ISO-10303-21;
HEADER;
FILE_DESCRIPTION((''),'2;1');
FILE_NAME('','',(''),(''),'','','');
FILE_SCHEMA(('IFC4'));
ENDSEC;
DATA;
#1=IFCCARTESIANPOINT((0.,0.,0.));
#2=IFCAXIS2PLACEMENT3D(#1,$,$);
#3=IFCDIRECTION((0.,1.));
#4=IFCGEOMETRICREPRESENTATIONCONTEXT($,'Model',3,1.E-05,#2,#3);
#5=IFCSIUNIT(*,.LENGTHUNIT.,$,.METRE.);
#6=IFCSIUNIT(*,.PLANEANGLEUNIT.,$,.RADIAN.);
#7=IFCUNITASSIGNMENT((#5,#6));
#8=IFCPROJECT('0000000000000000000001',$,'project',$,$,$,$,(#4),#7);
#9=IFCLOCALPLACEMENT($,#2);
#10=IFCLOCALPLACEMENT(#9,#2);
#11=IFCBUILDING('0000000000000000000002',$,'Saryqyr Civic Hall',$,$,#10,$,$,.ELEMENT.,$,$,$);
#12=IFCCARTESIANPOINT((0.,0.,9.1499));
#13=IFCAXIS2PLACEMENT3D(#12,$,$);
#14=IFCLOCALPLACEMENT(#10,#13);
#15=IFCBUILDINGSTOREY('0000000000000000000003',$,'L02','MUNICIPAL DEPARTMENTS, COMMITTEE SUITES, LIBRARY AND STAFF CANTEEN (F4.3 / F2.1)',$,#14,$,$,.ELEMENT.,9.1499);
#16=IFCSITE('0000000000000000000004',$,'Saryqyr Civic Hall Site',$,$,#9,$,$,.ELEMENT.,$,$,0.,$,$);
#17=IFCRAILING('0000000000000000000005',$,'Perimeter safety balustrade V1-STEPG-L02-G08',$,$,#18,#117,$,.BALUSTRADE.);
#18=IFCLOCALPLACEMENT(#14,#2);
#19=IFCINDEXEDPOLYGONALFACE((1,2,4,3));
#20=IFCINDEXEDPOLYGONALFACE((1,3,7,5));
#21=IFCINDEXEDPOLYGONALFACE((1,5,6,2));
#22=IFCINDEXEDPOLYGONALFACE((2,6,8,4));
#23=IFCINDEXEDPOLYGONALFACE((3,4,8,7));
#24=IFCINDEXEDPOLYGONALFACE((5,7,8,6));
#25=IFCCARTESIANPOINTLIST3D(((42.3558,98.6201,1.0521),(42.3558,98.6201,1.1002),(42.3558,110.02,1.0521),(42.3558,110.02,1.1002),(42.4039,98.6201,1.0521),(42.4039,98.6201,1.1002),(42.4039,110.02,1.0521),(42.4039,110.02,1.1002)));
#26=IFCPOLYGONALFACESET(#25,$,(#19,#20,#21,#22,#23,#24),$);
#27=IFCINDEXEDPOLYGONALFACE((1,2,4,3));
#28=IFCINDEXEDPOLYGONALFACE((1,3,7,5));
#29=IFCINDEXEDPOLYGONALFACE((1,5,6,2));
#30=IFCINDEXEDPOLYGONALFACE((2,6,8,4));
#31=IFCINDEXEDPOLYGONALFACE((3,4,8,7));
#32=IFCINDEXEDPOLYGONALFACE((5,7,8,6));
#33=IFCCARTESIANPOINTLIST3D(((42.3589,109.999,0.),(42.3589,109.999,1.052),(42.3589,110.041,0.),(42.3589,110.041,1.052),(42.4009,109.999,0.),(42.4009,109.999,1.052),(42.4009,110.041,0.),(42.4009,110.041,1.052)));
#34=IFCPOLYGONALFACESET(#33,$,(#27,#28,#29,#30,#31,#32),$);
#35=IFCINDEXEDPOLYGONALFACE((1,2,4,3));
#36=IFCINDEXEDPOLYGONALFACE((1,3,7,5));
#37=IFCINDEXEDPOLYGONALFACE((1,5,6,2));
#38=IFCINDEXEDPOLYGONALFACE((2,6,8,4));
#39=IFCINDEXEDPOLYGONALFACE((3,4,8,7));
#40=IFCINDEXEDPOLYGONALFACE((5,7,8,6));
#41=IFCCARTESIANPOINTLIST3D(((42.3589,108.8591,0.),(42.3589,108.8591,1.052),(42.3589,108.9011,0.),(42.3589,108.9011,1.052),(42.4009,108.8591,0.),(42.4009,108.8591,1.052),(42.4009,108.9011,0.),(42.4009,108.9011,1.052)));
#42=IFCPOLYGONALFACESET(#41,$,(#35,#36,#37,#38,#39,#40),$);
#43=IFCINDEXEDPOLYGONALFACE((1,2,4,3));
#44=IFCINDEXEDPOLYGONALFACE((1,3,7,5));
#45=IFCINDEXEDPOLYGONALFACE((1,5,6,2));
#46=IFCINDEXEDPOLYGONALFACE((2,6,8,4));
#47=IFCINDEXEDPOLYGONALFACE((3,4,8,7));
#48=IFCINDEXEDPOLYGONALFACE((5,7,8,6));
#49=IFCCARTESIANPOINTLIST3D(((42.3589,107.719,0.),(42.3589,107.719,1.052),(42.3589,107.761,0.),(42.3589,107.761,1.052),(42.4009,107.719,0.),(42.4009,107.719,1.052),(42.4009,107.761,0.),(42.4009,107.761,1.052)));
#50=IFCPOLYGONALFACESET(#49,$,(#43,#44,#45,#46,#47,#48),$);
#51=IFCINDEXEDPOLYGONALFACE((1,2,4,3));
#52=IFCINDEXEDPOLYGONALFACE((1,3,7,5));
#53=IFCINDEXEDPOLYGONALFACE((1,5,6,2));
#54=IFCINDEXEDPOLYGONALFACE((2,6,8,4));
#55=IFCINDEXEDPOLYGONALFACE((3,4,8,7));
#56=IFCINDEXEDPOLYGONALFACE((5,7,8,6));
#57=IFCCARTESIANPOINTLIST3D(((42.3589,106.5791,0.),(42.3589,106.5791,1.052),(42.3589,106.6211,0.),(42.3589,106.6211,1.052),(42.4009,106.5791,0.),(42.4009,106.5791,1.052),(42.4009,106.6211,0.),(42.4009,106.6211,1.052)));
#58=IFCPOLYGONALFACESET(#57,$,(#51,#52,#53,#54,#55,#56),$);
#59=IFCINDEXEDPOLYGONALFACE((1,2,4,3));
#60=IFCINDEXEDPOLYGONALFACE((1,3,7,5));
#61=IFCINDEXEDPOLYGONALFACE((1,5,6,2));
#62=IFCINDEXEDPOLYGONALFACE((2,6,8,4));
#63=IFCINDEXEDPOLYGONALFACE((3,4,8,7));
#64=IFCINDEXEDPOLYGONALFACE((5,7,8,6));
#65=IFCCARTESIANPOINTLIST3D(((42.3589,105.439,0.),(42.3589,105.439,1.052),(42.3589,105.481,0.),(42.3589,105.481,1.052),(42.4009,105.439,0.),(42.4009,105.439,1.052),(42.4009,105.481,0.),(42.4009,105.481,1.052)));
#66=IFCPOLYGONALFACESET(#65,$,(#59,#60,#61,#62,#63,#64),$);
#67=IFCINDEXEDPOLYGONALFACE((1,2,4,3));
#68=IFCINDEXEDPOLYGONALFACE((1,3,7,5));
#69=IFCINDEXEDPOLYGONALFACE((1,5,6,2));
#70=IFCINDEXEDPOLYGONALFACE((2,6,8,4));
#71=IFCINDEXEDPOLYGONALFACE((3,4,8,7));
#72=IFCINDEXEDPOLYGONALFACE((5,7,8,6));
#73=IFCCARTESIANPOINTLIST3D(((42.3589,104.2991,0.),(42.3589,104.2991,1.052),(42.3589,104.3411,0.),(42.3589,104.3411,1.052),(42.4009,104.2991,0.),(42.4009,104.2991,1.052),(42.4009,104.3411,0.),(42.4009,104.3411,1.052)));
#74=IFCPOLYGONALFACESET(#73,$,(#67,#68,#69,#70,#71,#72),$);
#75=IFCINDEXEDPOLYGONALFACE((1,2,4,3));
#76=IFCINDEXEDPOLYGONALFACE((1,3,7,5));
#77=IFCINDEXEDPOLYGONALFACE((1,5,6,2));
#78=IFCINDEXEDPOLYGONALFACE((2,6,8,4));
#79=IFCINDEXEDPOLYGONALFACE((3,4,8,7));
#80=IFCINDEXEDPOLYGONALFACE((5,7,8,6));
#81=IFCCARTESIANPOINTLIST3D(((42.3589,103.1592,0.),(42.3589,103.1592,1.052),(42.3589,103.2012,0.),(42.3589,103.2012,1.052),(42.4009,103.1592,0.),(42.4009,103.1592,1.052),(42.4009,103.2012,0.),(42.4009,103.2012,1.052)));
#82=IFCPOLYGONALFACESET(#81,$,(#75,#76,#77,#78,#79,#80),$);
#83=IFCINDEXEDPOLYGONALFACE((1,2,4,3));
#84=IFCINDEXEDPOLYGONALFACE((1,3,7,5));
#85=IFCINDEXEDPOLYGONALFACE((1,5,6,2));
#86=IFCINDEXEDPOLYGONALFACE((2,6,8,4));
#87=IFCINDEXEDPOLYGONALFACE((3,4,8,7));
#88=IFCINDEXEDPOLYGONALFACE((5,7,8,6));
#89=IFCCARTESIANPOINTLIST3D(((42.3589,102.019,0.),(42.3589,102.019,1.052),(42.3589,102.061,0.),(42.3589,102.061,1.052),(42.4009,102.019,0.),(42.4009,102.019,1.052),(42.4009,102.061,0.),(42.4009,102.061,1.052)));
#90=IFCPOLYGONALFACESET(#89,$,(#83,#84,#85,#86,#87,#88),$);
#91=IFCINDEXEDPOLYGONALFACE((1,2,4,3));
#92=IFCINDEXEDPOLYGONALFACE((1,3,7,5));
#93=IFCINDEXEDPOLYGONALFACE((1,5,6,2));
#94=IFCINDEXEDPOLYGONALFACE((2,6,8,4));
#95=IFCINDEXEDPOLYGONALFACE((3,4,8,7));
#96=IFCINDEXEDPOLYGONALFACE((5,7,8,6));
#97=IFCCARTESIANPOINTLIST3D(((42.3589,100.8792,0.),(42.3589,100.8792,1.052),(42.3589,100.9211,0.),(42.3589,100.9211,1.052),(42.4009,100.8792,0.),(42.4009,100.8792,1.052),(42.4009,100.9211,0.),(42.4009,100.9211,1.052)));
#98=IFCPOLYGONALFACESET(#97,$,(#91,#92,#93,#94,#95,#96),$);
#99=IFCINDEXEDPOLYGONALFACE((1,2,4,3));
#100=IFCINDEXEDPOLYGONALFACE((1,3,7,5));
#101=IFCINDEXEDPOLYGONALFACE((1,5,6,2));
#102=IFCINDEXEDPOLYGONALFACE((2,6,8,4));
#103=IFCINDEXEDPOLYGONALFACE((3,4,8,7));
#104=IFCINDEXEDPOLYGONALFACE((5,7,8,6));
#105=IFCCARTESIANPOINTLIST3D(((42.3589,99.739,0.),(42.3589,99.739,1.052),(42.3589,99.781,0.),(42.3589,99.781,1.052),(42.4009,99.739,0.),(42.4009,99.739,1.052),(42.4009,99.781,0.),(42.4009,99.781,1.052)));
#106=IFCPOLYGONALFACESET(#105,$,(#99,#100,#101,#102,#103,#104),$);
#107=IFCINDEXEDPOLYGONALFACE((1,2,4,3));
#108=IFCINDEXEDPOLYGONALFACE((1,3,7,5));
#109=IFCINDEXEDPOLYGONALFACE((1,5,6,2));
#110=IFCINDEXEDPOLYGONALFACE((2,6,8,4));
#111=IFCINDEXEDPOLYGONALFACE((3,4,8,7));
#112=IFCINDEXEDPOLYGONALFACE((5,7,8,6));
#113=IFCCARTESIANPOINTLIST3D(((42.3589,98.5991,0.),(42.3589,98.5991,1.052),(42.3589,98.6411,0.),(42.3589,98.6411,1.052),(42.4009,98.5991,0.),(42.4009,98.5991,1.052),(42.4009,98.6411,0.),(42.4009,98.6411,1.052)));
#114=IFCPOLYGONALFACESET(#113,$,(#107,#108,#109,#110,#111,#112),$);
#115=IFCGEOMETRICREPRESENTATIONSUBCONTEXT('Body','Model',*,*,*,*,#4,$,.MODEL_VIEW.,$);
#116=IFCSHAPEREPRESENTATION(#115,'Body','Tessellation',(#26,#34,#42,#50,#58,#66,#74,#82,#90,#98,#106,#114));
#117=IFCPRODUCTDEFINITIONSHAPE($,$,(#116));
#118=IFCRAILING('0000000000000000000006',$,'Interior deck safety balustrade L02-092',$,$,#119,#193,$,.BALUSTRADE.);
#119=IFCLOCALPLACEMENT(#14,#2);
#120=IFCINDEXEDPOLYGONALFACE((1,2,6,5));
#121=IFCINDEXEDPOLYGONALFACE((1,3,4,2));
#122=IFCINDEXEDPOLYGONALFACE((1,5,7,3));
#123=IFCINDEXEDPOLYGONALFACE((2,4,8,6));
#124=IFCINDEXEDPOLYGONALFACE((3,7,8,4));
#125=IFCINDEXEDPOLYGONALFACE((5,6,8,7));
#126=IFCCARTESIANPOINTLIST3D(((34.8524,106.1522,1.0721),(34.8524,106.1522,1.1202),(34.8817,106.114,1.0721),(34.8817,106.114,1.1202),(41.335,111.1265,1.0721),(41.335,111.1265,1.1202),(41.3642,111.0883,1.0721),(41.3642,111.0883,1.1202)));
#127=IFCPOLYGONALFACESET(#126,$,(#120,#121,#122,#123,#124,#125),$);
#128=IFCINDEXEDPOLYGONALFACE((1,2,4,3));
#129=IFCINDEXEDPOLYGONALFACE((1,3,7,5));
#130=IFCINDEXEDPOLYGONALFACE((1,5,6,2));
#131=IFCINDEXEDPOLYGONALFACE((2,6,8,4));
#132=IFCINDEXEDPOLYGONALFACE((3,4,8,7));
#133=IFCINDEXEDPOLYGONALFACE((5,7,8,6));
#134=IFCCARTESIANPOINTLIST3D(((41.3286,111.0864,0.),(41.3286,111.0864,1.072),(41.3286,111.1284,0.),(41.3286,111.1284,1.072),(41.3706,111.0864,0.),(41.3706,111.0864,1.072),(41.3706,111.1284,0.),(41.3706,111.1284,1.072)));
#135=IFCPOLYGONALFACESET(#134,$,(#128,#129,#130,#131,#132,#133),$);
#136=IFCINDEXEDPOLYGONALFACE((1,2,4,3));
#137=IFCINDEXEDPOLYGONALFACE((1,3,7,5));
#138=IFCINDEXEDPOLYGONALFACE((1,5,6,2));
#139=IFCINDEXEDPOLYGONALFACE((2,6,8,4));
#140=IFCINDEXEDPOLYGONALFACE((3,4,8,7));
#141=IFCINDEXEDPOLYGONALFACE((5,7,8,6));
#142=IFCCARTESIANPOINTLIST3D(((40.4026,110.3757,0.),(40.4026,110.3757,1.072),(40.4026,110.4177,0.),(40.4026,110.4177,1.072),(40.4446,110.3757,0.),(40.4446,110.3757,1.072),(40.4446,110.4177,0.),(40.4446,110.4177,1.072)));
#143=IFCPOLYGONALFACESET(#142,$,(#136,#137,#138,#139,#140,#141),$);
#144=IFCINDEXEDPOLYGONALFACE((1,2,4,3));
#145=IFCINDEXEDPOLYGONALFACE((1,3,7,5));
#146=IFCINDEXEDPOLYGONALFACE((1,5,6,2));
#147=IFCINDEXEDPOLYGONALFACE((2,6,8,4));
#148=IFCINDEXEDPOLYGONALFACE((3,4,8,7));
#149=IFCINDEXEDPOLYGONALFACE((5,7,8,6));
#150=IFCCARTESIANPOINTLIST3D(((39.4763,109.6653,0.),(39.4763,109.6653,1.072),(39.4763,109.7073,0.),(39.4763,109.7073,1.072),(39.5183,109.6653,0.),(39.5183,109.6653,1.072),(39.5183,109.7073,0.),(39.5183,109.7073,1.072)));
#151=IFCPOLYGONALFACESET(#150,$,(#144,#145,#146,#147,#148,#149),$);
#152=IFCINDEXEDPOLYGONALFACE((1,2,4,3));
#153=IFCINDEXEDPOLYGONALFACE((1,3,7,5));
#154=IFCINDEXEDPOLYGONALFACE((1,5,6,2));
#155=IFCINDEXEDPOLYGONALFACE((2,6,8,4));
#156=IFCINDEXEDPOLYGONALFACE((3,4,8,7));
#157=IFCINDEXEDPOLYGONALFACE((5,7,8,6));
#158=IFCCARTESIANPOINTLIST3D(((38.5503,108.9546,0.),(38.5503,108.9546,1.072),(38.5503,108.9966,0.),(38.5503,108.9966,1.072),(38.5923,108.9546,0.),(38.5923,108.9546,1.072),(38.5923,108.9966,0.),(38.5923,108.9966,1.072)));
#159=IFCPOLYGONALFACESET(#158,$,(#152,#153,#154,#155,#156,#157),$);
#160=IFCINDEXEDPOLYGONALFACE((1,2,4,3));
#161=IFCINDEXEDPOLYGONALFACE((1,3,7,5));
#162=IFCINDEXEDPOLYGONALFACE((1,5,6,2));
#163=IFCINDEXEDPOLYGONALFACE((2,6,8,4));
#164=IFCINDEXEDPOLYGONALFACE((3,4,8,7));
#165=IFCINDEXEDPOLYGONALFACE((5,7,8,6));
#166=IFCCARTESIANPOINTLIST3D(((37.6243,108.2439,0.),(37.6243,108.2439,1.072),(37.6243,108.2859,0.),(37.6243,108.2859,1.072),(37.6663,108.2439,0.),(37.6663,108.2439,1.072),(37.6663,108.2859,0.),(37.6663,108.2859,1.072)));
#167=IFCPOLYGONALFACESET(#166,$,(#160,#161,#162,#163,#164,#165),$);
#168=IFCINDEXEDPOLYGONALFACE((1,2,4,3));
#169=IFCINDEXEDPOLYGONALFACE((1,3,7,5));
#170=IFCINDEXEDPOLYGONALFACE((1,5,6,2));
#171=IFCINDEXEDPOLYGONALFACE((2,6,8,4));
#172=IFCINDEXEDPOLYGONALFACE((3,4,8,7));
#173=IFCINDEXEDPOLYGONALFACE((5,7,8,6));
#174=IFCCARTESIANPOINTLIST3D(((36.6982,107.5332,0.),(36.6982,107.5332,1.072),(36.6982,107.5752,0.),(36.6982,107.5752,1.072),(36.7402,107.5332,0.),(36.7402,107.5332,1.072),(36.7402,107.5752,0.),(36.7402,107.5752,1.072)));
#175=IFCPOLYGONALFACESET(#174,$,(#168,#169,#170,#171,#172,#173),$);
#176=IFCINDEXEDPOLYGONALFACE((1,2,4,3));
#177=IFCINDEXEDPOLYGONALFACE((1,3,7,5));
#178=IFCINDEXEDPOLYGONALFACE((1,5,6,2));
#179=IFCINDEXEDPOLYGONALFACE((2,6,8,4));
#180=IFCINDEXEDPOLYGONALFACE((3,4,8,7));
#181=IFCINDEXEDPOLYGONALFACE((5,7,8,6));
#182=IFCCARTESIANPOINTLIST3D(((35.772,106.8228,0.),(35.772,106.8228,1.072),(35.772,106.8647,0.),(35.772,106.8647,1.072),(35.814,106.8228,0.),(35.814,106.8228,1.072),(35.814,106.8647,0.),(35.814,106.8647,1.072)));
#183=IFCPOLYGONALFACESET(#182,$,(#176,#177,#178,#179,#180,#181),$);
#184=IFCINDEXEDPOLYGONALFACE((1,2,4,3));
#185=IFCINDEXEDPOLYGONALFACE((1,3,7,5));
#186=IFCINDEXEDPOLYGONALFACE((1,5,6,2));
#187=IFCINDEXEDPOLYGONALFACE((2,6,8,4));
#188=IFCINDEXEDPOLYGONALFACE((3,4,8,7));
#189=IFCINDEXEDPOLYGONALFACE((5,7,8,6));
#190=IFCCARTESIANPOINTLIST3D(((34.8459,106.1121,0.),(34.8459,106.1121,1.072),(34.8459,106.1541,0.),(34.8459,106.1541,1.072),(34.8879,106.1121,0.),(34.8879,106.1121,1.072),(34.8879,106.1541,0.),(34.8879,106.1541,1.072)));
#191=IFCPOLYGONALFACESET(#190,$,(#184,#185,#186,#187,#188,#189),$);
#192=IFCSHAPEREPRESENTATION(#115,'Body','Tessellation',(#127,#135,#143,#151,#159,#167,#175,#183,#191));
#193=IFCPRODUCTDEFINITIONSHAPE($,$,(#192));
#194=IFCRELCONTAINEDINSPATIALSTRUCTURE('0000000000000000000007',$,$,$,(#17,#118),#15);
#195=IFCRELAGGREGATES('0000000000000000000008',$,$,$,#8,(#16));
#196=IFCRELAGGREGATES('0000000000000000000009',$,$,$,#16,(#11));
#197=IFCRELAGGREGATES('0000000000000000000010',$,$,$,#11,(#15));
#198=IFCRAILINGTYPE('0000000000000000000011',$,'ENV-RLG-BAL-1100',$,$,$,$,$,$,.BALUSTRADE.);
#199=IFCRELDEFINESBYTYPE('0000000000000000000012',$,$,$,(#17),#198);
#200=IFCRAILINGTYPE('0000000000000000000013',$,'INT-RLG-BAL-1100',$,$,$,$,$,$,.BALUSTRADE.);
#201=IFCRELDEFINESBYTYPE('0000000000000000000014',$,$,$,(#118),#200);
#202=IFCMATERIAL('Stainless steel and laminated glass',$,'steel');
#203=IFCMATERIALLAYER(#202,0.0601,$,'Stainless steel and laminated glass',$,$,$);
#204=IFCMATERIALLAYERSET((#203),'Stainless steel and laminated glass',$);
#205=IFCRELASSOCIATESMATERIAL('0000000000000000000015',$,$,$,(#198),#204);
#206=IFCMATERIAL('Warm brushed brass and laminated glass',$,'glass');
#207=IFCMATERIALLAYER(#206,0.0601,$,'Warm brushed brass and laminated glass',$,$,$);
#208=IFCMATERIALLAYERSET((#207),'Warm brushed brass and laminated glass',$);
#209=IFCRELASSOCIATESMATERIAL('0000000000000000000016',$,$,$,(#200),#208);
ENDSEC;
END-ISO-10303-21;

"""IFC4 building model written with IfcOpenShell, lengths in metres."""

from ifc_helpers import new_model, si_unit, direction, frame, origin, origin_2d, place, context, subcontext, project, spatial, rectangle, extrude, material, layer, layer_set, type_object, element, save


model = new_model("IFC4")

# Units and contexts
model_context = context("Model", 3, precision=1e-05, world=origin(), true_north=direction((0.0, 1.0)))
body_context = subcontext(model_context, "Body", "Model", "MODEL_VIEW")
ifc_project = project(units=[si_unit("LENGTHUNIT", "METRE"), si_unit("PLANEANGLEUNIT", "RADIAN")], contexts=[model_context])

# Site, building, storey
site_placement = place(None, origin())
site = spatial("IfcSite", under=ifc_project, at=site_placement, Name="Saryqyr Civic Hall Site", CompositionType="ELEMENT", RefElevation=0.0)
building_placement = place(site_placement, origin())
building = spatial("IfcBuilding", under=site, at=building_placement, Name="Saryqyr Civic Hall", CompositionType="ELEMENT")
storey_placement = place(building_placement, frame((0.0, 0.0, 9.1499)))
storey = spatial("IfcBuildingStorey", under=building, at=storey_placement, Name="L02", Description="MUNICIPAL DEPARTMENTS, COMMITTEE SUITES, LIBRARY AND STAFF CANTEEN (F4.3 / F2.1)", CompositionType="ELEMENT", Elevation=9.1499)

# Railings
ifc_material_1 = material(Name="Stainless steel and laminated glass", Category="steel")
ifc_layer_1 = layer(ifc_material_1, 0.0601, Name="Stainless steel and laminated glass")
ifc_layer_set_1 = layer_set([ifc_layer_1], Name="Stainless steel and laminated glass")
railing_type_1 = type_object("IfcRailingType", Name="ENV-RLG-BAL-1100", PredefinedType="BALUSTRADE", material=ifc_layer_set_1)
railing_1_placement = place(storey_placement, frame((42.3799, 110.02, 0.0)))
element("IfcRailing", 1, at=railing_1_placement, inside=storey, type_object=railing_type_1, Name="Perimeter safety balustrade V1-STEPG-L02-G08", PredefinedType="BALUSTRADE", context=body_context, shape_type="SweptSolid", body=[
    extrude(rectangle(XDim=0.0481, YDim=0.0481, at=origin_2d()), frame((0.0, 0.0, 1.0762), z_axis=(0.0, -1.0, 0.0), x_axis=(1.0, 0.0, 0.0)), (0.0, 0.0, 1.0), 11.3999),
    extrude(rectangle(XDim=0.042, YDim=0.042, at=origin_2d()), origin(), (0.0, 0.0, 1.0), 1.052),
    extrude(rectangle(XDim=0.042, YDim=0.042, at=origin_2d()), frame((0.0, -1.1399, 0.0)), (0.0, 0.0, 1.0), 1.052),
    extrude(rectangle(XDim=0.042, YDim=0.042, at=origin_2d()), frame((0.0, -2.28, 0.0)), (0.0, 0.0, 1.0), 1.052),
    extrude(rectangle(XDim=0.042, YDim=0.042, at=origin_2d()), frame((0.0, -3.4199, 0.0)), (0.0, 0.0, 1.0), 1.052),
    extrude(rectangle(XDim=0.042, YDim=0.042, at=origin_2d()), frame((0.0, -4.5601, 0.0)), (0.0, 0.0, 1.0), 1.052),
    extrude(rectangle(XDim=0.042, YDim=0.042, at=origin_2d()), frame((0.0, -5.7, 0.0)), (0.0, 0.0, 1.0), 1.052),
    extrude(rectangle(XDim=0.042, YDim=0.042, at=origin_2d()), frame((0.0, -6.8398, 0.0)), (0.0, 0.0, 1.0), 1.052),
    extrude(rectangle(XDim=0.042, YDim=0.042, at=origin_2d()), frame((0.0, -7.98, 0.0)), (0.0, 0.0, 1.0), 1.052),
    extrude(rectangle(XDim=0.042, YDim=0.042, at=origin_2d()), frame((0.0, -9.1199, 0.0)), (0.0, 0.0, 1.0), 1.052),
    extrude(rectangle(XDim=0.042, YDim=0.042, at=origin_2d()), frame((0.0, -10.26, 0.0)), (0.0, 0.0, 1.0), 1.052),
    extrude(rectangle(XDim=0.042, YDim=0.042, at=origin_2d()), frame((0.0, -11.3999, 0.0)), (0.0, 0.0, 1.0), 1.052),
])
ifc_material_2 = material(Name="Warm brushed brass and laminated glass", Category="glass")
ifc_layer_2 = layer(ifc_material_2, 0.0601, Name="Warm brushed brass and laminated glass")
ifc_layer_set_2 = layer_set([ifc_layer_2], Name="Warm brushed brass and laminated glass")
railing_type_2 = type_object("IfcRailingType", Name="INT-RLG-BAL-1100", PredefinedType="BALUSTRADE", material=ifc_layer_set_2)
railing_2_placement = place(storey_placement, frame((41.3496, 111.1074, 0.0)))
element("IfcRailing", 2, at=railing_2_placement, inside=storey, type_object=railing_type_2, Name="Interior deck safety balustrade L02-092", PredefinedType="BALUSTRADE", context=body_context, shape_type="SweptSolid", body=[
    extrude(rectangle(XDim=0.0481, YDim=0.0481, at=origin_2d()), frame((0.0, 0.0, 1.0962), z_axis=(-0.793351, -0.608765, 0.0), x_axis=(0.608765, -0.793351, 0.0)), (0.0, 0.0, 1.0), 8.1711),
    extrude(rectangle(XDim=0.042, YDim=0.042, at=origin_2d()), origin(), (0.0, 0.0, 1.0), 1.072),
    extrude(rectangle(XDim=0.042, YDim=0.042, at=origin_2d()), frame((-0.926, -0.7107, 0.0)), (0.0, 0.0, 1.0), 1.072),
    extrude(rectangle(XDim=0.042, YDim=0.042, at=origin_2d()), frame((-1.8523, -1.4211, 0.0)), (0.0, 0.0, 1.0), 1.072),
    extrude(rectangle(XDim=0.042, YDim=0.042, at=origin_2d()), frame((-2.7783, -2.1318, 0.0)), (0.0, 0.0, 1.0), 1.072),
    extrude(rectangle(XDim=0.042, YDim=0.042, at=origin_2d()), frame((-3.7043, -2.8425, 0.0)), (0.0, 0.0, 1.0), 1.072),
    extrude(rectangle(XDim=0.042, YDim=0.042, at=origin_2d()), frame((-4.6304, -3.5532, 0.0)), (0.0, 0.0, 1.0), 1.072),
    extrude(rectangle(XDim=0.042, YDim=0.042, at=origin_2d()), frame((-5.5566, -4.2637, 0.0)), (0.0, 0.0, 1.0), 1.072),
    extrude(rectangle(XDim=0.042, YDim=0.042, at=origin_2d()), frame((-6.4827, -4.9744, 0.0)), (0.0, 0.0, 1.0), 1.072),
])

save(model, "model.ifc")
